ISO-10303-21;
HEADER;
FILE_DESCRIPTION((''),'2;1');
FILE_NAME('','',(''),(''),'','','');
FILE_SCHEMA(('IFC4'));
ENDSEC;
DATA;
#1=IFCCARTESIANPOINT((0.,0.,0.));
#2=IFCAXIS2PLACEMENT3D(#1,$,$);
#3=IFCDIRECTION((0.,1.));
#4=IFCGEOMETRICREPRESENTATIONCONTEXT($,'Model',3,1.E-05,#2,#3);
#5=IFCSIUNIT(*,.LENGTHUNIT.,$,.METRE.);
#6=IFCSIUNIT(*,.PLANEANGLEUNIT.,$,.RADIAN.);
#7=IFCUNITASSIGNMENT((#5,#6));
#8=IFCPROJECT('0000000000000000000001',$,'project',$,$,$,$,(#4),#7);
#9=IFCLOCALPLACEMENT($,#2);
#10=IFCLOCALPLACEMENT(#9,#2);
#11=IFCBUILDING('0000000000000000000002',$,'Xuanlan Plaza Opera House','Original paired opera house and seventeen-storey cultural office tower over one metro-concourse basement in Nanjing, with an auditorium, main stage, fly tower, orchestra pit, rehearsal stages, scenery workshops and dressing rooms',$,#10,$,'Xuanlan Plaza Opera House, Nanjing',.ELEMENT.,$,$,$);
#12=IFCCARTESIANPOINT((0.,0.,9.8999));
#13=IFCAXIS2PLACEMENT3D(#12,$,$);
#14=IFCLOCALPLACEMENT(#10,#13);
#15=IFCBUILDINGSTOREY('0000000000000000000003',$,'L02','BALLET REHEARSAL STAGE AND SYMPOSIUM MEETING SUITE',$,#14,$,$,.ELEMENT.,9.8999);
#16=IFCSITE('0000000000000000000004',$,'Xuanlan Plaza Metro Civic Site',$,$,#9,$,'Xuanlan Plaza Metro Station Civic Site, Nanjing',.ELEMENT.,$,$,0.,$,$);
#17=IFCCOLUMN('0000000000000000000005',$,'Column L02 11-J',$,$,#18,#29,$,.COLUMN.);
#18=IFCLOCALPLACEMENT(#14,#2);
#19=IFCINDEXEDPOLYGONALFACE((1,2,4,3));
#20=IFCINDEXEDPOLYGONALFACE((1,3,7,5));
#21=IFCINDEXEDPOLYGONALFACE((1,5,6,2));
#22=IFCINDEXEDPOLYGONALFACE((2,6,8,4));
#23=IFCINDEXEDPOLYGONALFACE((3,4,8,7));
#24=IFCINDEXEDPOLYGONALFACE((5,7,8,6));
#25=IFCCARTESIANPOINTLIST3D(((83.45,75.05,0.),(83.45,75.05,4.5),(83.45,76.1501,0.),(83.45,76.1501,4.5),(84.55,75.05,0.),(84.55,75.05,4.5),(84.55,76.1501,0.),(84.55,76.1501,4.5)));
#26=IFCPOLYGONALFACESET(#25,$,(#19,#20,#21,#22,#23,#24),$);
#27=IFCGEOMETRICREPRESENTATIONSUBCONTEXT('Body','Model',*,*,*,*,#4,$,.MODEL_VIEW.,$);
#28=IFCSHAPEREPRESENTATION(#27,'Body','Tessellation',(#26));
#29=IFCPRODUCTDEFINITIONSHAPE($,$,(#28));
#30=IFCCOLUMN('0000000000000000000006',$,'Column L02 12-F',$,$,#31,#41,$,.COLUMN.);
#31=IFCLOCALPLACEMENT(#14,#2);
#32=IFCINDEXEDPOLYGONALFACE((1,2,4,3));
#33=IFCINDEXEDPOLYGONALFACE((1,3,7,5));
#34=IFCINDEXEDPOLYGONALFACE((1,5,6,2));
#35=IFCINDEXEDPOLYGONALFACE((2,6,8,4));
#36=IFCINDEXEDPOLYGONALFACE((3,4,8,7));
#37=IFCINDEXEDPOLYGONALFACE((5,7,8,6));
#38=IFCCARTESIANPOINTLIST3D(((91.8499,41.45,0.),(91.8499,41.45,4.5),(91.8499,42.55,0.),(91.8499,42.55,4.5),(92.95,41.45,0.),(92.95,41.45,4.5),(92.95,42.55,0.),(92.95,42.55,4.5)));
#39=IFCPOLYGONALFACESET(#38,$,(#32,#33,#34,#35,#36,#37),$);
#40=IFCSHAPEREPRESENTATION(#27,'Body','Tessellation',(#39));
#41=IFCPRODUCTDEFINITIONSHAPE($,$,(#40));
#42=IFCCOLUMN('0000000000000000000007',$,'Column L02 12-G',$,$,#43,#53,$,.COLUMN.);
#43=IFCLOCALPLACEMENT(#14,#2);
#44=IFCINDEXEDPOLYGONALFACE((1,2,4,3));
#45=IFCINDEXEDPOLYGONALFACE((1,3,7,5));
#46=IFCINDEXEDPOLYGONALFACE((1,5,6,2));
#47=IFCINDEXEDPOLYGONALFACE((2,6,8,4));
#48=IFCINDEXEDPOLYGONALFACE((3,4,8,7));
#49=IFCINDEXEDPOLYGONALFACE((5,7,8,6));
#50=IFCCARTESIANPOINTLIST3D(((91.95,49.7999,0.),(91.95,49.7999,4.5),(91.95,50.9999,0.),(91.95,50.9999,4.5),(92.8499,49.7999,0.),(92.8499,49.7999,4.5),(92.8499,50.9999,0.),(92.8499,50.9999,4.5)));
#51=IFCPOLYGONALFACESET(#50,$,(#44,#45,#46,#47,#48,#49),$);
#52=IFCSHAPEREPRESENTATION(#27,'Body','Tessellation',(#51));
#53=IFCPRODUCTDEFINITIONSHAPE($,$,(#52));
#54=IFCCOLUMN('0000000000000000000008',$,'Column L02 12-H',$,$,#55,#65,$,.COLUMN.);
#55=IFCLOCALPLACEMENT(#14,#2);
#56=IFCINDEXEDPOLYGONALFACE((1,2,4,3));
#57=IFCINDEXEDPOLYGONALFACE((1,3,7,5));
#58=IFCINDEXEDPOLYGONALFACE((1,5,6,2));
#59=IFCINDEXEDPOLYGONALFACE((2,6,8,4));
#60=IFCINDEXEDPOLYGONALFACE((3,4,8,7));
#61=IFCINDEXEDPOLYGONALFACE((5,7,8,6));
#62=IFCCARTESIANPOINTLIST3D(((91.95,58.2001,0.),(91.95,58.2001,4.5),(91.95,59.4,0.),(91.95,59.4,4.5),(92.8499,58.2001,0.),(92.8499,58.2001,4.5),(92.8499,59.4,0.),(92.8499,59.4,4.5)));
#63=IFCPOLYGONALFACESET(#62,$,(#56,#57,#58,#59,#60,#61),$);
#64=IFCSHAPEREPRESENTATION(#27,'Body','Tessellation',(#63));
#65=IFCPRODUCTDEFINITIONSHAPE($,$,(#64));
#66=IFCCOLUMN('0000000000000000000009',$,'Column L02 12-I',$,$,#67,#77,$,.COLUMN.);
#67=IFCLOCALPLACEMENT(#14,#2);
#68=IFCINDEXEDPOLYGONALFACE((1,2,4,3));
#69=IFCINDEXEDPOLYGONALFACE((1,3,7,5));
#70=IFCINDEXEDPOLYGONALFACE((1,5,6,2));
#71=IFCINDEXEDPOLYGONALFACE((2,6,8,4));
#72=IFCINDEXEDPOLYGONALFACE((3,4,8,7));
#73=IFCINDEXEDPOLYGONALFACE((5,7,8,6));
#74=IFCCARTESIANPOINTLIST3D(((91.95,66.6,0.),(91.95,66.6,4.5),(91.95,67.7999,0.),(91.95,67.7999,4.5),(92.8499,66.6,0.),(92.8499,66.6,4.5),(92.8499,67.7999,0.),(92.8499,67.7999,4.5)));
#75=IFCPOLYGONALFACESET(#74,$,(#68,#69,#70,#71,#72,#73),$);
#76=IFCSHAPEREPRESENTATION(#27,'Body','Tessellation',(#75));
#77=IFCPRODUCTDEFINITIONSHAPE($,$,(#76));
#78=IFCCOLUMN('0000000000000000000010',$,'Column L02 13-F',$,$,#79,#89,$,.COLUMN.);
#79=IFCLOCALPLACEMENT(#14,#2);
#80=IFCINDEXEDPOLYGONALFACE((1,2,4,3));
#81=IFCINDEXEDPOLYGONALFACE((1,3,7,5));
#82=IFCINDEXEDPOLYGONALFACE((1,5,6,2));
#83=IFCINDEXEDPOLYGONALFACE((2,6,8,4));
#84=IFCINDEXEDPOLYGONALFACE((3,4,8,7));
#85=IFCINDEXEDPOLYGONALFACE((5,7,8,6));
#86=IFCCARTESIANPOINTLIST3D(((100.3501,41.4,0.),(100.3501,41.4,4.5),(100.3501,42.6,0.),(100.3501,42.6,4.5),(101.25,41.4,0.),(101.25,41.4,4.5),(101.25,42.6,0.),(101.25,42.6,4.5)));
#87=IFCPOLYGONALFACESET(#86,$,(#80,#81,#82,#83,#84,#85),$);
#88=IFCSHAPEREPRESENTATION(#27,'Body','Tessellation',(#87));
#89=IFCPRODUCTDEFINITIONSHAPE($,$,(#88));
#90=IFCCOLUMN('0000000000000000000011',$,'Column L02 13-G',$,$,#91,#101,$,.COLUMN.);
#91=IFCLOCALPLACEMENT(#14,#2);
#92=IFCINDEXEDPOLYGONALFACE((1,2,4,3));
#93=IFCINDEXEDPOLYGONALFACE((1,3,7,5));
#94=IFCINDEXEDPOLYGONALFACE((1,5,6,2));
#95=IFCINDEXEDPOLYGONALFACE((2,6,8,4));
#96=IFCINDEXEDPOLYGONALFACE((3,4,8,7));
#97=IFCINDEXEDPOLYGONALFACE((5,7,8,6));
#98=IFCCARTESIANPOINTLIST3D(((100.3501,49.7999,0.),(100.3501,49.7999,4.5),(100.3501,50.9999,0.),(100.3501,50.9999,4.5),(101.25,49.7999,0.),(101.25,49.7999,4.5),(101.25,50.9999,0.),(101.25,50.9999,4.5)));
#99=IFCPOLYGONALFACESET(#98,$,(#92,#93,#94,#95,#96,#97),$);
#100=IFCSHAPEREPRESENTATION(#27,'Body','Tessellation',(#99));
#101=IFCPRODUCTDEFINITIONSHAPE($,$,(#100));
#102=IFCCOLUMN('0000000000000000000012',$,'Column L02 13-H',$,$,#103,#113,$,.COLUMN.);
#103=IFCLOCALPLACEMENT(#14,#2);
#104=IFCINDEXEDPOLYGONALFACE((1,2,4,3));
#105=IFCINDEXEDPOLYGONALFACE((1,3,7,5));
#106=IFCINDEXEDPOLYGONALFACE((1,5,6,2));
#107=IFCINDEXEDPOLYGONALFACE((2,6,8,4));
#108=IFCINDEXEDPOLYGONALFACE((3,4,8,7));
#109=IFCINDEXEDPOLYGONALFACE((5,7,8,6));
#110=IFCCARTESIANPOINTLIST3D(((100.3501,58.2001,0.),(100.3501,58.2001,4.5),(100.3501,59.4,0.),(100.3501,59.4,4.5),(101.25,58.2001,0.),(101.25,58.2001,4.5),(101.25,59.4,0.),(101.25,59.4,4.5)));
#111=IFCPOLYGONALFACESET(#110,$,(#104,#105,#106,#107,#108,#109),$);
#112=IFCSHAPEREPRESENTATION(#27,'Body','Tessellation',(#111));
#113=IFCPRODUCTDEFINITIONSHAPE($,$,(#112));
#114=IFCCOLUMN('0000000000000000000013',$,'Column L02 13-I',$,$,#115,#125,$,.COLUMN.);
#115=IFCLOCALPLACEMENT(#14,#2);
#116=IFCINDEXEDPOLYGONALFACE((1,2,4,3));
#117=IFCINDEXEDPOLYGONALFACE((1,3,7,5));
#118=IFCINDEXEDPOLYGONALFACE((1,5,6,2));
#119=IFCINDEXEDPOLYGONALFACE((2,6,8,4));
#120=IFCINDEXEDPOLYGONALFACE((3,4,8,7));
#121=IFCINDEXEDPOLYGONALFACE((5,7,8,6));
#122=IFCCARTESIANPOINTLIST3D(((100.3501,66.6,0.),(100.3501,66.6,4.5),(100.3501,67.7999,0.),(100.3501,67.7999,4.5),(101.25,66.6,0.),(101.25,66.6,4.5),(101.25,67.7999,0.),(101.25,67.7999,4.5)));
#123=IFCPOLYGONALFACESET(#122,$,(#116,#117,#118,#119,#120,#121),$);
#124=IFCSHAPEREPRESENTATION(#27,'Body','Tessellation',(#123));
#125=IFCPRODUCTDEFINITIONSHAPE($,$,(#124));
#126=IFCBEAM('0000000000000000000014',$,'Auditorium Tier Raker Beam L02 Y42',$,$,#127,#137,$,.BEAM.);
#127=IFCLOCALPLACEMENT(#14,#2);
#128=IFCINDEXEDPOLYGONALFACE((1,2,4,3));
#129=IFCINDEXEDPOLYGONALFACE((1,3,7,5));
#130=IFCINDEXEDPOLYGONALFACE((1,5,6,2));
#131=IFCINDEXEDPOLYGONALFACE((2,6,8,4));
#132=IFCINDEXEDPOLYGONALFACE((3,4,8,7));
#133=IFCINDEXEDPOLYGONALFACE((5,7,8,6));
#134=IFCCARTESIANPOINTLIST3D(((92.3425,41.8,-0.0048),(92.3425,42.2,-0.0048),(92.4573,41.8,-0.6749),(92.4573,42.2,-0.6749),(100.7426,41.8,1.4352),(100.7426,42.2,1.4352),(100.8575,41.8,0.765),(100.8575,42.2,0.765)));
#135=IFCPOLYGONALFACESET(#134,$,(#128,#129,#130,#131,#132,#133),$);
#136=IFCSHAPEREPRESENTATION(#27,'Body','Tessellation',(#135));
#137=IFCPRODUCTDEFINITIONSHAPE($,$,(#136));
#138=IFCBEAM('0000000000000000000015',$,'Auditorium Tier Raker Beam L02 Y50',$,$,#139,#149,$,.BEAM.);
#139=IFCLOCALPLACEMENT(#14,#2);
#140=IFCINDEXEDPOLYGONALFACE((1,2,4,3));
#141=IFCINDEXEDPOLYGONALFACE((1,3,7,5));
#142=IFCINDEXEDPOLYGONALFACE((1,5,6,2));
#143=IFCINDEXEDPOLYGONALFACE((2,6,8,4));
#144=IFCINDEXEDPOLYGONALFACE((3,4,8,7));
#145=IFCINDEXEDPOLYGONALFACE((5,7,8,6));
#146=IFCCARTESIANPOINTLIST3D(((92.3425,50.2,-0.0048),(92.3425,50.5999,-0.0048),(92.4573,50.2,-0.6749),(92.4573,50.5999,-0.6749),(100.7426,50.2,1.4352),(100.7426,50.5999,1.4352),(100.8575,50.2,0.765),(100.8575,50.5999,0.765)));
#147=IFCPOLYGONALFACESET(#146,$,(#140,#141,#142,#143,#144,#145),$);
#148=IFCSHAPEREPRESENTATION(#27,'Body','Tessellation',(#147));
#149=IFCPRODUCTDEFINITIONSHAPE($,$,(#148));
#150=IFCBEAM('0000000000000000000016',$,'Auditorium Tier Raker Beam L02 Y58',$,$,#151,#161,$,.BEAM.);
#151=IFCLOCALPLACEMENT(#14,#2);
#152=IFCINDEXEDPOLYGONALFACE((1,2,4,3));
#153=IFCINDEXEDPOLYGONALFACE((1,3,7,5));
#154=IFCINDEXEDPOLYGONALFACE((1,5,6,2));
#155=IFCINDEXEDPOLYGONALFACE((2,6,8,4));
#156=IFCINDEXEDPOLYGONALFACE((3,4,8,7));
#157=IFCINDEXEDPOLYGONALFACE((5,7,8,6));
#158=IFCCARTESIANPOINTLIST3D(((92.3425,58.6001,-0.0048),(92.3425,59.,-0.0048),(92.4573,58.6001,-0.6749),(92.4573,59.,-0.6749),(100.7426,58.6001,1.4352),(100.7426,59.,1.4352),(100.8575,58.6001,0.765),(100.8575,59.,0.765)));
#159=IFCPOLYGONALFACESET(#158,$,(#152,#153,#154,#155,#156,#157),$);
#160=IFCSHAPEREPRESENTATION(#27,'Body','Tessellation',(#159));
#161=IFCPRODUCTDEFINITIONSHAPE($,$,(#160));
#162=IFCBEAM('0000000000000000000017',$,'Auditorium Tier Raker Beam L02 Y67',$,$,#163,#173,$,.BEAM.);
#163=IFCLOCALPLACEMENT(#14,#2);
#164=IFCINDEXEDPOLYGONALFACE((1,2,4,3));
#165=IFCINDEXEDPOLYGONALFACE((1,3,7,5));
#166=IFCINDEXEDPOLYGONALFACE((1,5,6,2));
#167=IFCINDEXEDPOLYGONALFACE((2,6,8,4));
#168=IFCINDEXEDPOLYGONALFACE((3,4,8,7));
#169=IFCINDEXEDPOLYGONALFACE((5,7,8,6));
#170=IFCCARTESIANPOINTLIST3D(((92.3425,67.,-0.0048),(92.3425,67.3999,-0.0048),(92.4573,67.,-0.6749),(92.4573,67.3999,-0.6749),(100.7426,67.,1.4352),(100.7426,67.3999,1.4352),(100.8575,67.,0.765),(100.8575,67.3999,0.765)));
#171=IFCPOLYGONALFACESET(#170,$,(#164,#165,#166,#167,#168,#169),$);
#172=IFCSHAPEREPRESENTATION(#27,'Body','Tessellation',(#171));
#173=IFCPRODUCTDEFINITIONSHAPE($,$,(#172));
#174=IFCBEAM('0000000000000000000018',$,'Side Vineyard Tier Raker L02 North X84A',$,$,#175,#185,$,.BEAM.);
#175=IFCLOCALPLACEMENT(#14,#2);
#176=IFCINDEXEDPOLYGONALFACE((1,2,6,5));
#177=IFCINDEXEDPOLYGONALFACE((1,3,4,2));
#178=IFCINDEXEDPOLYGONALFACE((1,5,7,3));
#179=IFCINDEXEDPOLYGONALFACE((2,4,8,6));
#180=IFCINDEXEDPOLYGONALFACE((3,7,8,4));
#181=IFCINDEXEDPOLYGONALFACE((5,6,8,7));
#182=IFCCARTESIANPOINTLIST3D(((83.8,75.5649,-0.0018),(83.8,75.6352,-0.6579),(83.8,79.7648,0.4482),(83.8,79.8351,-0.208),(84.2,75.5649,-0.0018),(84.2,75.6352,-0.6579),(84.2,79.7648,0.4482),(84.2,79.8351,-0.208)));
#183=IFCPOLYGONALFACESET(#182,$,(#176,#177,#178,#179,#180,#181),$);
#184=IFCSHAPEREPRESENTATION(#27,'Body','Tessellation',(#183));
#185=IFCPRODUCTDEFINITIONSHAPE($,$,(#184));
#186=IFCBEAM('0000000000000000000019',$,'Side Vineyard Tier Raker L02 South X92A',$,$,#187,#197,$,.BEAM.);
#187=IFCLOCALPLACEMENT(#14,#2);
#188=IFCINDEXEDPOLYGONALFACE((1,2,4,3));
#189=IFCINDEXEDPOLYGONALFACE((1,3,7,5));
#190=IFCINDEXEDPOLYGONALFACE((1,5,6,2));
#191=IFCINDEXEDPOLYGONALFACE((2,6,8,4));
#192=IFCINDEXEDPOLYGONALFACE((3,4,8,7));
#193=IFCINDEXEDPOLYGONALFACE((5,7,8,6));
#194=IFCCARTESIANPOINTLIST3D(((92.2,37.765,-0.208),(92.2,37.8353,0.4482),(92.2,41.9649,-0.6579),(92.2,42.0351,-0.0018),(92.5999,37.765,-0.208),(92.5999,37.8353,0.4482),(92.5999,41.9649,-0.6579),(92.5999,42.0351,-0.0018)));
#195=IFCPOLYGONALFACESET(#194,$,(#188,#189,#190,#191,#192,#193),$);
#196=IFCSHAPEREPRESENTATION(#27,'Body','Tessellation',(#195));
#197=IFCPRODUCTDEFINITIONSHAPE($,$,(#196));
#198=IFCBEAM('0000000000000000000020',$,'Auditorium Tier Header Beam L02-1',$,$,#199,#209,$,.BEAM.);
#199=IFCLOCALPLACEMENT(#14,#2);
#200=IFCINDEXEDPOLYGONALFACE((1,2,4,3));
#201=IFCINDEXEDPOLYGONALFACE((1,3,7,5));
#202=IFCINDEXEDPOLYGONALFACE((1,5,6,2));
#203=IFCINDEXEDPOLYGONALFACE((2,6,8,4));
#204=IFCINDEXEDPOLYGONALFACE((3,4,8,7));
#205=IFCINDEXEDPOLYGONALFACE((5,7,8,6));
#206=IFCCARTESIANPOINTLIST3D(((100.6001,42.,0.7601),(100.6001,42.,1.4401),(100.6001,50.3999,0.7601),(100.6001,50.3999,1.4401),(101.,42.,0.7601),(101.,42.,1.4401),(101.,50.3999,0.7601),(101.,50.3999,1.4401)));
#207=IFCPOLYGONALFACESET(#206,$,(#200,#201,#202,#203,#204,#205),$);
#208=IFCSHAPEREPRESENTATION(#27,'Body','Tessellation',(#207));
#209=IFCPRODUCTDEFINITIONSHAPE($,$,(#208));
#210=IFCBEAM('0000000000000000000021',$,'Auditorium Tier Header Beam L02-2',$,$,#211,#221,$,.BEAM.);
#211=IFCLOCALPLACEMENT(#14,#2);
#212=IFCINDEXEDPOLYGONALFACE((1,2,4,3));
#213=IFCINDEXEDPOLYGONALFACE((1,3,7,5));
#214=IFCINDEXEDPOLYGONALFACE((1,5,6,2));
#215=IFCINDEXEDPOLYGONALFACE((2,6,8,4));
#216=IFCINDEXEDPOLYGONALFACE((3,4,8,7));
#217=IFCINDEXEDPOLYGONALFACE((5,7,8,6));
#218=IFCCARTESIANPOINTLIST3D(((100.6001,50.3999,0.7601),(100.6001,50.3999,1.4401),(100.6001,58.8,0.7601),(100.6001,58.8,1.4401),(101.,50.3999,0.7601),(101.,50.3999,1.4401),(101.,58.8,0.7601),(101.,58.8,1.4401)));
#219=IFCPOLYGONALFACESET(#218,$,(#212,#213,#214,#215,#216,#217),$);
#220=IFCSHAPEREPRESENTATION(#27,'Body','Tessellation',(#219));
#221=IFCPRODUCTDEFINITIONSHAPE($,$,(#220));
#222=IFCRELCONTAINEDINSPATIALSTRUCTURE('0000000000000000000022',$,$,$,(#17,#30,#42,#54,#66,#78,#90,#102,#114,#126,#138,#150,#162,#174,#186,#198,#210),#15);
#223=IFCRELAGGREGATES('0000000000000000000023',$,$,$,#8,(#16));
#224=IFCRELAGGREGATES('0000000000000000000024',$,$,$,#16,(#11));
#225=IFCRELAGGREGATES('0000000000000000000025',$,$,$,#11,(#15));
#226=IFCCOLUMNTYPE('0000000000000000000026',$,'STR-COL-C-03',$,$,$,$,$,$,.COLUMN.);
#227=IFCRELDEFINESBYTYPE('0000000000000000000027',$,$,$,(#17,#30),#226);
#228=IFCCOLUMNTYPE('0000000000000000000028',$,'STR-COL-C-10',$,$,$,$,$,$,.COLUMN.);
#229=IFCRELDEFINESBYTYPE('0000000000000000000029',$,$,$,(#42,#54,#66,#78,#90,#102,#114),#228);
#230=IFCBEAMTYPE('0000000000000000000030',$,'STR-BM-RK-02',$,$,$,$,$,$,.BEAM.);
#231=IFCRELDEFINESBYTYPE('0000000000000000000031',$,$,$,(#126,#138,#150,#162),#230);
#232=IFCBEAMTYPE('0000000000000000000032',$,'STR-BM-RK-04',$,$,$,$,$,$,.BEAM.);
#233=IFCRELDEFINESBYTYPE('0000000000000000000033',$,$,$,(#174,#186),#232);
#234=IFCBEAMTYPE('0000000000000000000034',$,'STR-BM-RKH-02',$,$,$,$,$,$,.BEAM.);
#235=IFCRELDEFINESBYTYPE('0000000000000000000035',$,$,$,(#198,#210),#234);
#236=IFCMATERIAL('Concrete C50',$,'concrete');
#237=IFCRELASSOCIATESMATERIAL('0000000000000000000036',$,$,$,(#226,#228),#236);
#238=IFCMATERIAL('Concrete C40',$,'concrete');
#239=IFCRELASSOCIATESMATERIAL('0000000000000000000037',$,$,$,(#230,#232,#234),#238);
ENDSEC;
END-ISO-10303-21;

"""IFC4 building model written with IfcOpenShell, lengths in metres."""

from ifc_helpers import new_model, si_unit, direction, frame, origin, origin_2d, place, context, subcontext, project, spatial, rectangle, extrude, material, material_profile, profile_set, type_object, element, save


model = new_model("IFC4")

# Units and contexts
model_context = context("Model", 3, precision=1e-05, world=origin(), true_north=direction((0.0, 1.0)))
body_context = subcontext(model_context, "Body", "Model", "MODEL_VIEW")
ifc_project = project(units=[si_unit("LENGTHUNIT", "METRE"), si_unit("PLANEANGLEUNIT", "RADIAN")], contexts=[model_context])

# Site, building, storey
site_placement = place(None, origin())
site = spatial("IfcSite", under=ifc_project, at=site_placement, Name="Xuanlan Plaza Metro Civic Site", LongName="Xuanlan Plaza Metro Station Civic Site, Nanjing", CompositionType="ELEMENT", RefElevation=0.0)
building_placement = place(site_placement, origin())
building = spatial("IfcBuilding", under=site, at=building_placement, Name="Xuanlan Plaza Opera House", Description="Original paired opera house and seventeen-storey cultural office tower over one metro-concourse basement in Nanjing, with an auditorium, main stage, fly tower, orchestra pit, rehearsal stages, scenery workshops and dressing rooms", LongName="Xuanlan Plaza Opera House, Nanjing", CompositionType="ELEMENT")
storey_placement = place(building_placement, frame((0.0, 0.0, 9.8999)))
storey = spatial("IfcBuildingStorey", under=building, at=storey_placement, Name="L02", Description="BALLET REHEARSAL STAGE AND SYMPOSIUM MEETING SUITE", CompositionType="ELEMENT", Elevation=9.8999)

# Columns
ifc_material_1 = material(Name="Concrete C50", Category="concrete")
ifc_material_profile_1 = material_profile(ifc_material_1, rectangle(XDim=1.1001, YDim=1.1001, at=origin_2d()), Name="RC-COL 1100x1100")
ifc_profile_set_1 = profile_set([ifc_material_profile_1], Name="Concrete C50")
column_type_1 = type_object("IfcColumnType", Name="STR-COL-C-03", PredefinedType="COLUMN", material=ifc_profile_set_1)
for number, where, z_axis, x_axis, name in (
    (1, (84.0, 75.6001, 0.0), (0.0, 0.0, 1.0), (1.0, 0.0, 0.0), "Column L02 11-J"),
    (2, (92.3999, 42.0, 0.0), (0.0, 0.0, 1.0), (1.0, 0.0, 0.0), "Column L02 12-F"),
):
    element("IfcColumn", number, at=place(storey_placement, frame(where, z_axis=z_axis, x_axis=x_axis)), inside=storey, type_object=column_type_1, Name=name, PredefinedType="COLUMN", context=body_context, shape_type="SweptSolid", body=[
        extrude(rectangle(XDim=1.1001, YDim=1.1001, at=origin_2d()), origin(), (0.0, 0.0, 1.0), 4.5),
    ])
ifc_material_profile_2 = material_profile(ifc_material_1, rectangle(XDim=0.8999, YDim=1.2, at=origin_2d()), Name="RC-COL 900x1200")
ifc_profile_set_2 = profile_set([ifc_material_profile_2], Name="Concrete C50")
column_type_2 = type_object("IfcColumnType", Name="STR-COL-C-10", PredefinedType="COLUMN", material=ifc_profile_set_2)
for number, where, z_axis, x_axis, name in (
    (3, (92.3999, 50.3999, 0.0), (0.0, 0.0, 1.0), (1.0, 0.0, 0.0), "Column L02 12-G"),
    (4, (92.3999, 58.8, 0.0), (0.0, 0.0, 1.0), (1.0, 0.0, 0.0), "Column L02 12-H"),
    (5, (92.3999, 67.2, 0.0), (0.0, 0.0, 1.0), (1.0, 0.0, 0.0), "Column L02 12-I"),
    (6, (100.8, 42.0, 0.0), (0.0, 0.0, 1.0), (1.0, 0.0, 0.0), "Column L02 13-F"),
    (7, (100.8, 50.3999, 0.0), (0.0, 0.0, 1.0), (1.0, 0.0, 0.0), "Column L02 13-G"),
    (8, (100.8, 58.8, 0.0), (0.0, 0.0, 1.0), (1.0, 0.0, 0.0), "Column L02 13-H"),
    (9, (100.8, 67.2, 0.0), (0.0, 0.0, 1.0), (1.0, 0.0, 0.0), "Column L02 13-I"),
):
    element("IfcColumn", number, at=place(storey_placement, frame(where, z_axis=z_axis, x_axis=x_axis)), inside=storey, type_object=column_type_2, Name=name, PredefinedType="COLUMN", context=body_context, shape_type="SweptSolid", body=[
        extrude(rectangle(XDim=0.8999, YDim=1.2, at=origin_2d()), origin(), (0.0, 0.0, 1.0), 4.5),
    ])

# Beams
ifc_material_2 = material(Name="Concrete C40", Category="concrete")
ifc_material_profile_3 = material_profile(ifc_material_2, rectangle(XDim=0.3999, YDim=0.6799, at=origin_2d()), Name="RC-RKR 400x680")
ifc_profile_set_3 = profile_set([ifc_material_profile_3], Name="Concrete C40")
beam_type_1 = type_object("IfcBeamType", Name="STR-BM-RK-02", PredefinedType="BEAM", material=ifc_profile_set_3)
for number, where, z_axis, x_axis, name in (
    (10, (92.3999, 42.0, -0.3398), (0.985624, 0.0, 0.168954), (0.0, 1.0, 0.0), "Auditorium Tier Raker Beam L02 Y42"),
    (11, (92.3999, 50.3999, -0.3398), (0.985624, 0.0, 0.168954), (0.0, 1.0, 0.0), "Auditorium Tier Raker Beam L02 Y50"),
    (12, (92.3999, 58.8, -0.3398), (0.985624, 0.0, 0.168954), (0.0, 1.0, 0.0), "Auditorium Tier Raker Beam L02 Y58"),
    (13, (92.3999, 67.2, -0.3398), (0.985624, 0.0, 0.168954), (0.0, 1.0, 0.0), "Auditorium Tier Raker Beam L02 Y67"),
):
    element("IfcBeam", number, at=place(storey_placement, frame(where, z_axis=z_axis, x_axis=x_axis)), inside=storey, type_object=beam_type_1, Name=name, PredefinedType="BEAM", context=body_context, shape_type="SweptSolid", body=[
        extrude(rectangle(XDim=0.3999, YDim=0.6799, at=origin_2d()), origin(), (0.0, 0.0, 1.0), 8.5227),
    ])
ifc_material_profile_4 = material_profile(ifc_material_2, rectangle(XDim=0.3999, YDim=0.6599, at=origin_2d()), Name="RC-RKR 400x660")
ifc_profile_set_4 = profile_set([ifc_material_profile_4], Name="Concrete C40")
beam_type_2 = type_object("IfcBeamType", Name="STR-BM-RK-04", PredefinedType="BEAM", material=ifc_profile_set_4)
for number, where, z_axis, x_axis, name in (
    (14, (84.0, 75.6001, -0.3298), (0.0, 0.99431, 0.106523), (-1.0, 0.0, 0.0), "Side Vineyard Tier Raker L02 North X84A"),
    (15, (92.3999, 42.0, -0.3298), (0.0, -0.99431, 0.106523), (1.0, 0.0, 0.0), "Side Vineyard Tier Raker L02 South X92A"),
):
    element("IfcBeam", number, at=place(storey_placement, frame(where, z_axis=z_axis, x_axis=x_axis)), inside=storey, type_object=beam_type_2, Name=name, PredefinedType="BEAM", context=body_context, shape_type="SweptSolid", body=[
        extrude(rectangle(XDim=0.3999, YDim=0.6599, at=origin_2d()), origin(), (0.0, 0.0, 1.0), 4.2239),
    ])
ifc_material_profile_5 = material_profile(ifc_material_2, rectangle(XDim=0.3999, YDim=0.6799, at=origin_2d()), Name="RC-RKR 400x680")
ifc_profile_set_5 = profile_set([ifc_material_profile_5], Name="Concrete C40")
beam_type_3 = type_object("IfcBeamType", Name="STR-BM-RKH-02", PredefinedType="BEAM", material=ifc_profile_set_5)
beam_1_placement = place(storey_placement, frame((100.8, 42.0, 1.1001), z_axis=(0.0, 1.0, 0.0), x_axis=(-1.0, 0.0, 0.0)))
element("IfcBeam", 16, at=beam_1_placement, inside=storey, type_object=beam_type_3, Name="Auditorium Tier Header Beam L02-1", PredefinedType="BEAM", context=body_context, shape_type="SweptSolid", body=[
    extrude(rectangle(XDim=0.3999, YDim=0.6799, at=origin_2d()), origin(), (0.0, 0.0, 1.0), 8.3999),
])
beam_2_placement = place(storey_placement, frame((100.8, 50.3999, 1.1001), z_axis=(0.0, 1.0, 0.0), x_axis=(-1.0, 0.0, 0.0)))
element("IfcBeam", 17, at=beam_2_placement, inside=storey, type_object=beam_type_3, Name="Auditorium Tier Header Beam L02-2", PredefinedType="BEAM", context=body_context, shape_type="SweptSolid", body=[
    extrude(rectangle(XDim=0.3999, YDim=0.6799, at=origin_2d()), origin(), (0.0, 0.0, 1.0), 8.4001),
])

save(model, "model.ifc")
